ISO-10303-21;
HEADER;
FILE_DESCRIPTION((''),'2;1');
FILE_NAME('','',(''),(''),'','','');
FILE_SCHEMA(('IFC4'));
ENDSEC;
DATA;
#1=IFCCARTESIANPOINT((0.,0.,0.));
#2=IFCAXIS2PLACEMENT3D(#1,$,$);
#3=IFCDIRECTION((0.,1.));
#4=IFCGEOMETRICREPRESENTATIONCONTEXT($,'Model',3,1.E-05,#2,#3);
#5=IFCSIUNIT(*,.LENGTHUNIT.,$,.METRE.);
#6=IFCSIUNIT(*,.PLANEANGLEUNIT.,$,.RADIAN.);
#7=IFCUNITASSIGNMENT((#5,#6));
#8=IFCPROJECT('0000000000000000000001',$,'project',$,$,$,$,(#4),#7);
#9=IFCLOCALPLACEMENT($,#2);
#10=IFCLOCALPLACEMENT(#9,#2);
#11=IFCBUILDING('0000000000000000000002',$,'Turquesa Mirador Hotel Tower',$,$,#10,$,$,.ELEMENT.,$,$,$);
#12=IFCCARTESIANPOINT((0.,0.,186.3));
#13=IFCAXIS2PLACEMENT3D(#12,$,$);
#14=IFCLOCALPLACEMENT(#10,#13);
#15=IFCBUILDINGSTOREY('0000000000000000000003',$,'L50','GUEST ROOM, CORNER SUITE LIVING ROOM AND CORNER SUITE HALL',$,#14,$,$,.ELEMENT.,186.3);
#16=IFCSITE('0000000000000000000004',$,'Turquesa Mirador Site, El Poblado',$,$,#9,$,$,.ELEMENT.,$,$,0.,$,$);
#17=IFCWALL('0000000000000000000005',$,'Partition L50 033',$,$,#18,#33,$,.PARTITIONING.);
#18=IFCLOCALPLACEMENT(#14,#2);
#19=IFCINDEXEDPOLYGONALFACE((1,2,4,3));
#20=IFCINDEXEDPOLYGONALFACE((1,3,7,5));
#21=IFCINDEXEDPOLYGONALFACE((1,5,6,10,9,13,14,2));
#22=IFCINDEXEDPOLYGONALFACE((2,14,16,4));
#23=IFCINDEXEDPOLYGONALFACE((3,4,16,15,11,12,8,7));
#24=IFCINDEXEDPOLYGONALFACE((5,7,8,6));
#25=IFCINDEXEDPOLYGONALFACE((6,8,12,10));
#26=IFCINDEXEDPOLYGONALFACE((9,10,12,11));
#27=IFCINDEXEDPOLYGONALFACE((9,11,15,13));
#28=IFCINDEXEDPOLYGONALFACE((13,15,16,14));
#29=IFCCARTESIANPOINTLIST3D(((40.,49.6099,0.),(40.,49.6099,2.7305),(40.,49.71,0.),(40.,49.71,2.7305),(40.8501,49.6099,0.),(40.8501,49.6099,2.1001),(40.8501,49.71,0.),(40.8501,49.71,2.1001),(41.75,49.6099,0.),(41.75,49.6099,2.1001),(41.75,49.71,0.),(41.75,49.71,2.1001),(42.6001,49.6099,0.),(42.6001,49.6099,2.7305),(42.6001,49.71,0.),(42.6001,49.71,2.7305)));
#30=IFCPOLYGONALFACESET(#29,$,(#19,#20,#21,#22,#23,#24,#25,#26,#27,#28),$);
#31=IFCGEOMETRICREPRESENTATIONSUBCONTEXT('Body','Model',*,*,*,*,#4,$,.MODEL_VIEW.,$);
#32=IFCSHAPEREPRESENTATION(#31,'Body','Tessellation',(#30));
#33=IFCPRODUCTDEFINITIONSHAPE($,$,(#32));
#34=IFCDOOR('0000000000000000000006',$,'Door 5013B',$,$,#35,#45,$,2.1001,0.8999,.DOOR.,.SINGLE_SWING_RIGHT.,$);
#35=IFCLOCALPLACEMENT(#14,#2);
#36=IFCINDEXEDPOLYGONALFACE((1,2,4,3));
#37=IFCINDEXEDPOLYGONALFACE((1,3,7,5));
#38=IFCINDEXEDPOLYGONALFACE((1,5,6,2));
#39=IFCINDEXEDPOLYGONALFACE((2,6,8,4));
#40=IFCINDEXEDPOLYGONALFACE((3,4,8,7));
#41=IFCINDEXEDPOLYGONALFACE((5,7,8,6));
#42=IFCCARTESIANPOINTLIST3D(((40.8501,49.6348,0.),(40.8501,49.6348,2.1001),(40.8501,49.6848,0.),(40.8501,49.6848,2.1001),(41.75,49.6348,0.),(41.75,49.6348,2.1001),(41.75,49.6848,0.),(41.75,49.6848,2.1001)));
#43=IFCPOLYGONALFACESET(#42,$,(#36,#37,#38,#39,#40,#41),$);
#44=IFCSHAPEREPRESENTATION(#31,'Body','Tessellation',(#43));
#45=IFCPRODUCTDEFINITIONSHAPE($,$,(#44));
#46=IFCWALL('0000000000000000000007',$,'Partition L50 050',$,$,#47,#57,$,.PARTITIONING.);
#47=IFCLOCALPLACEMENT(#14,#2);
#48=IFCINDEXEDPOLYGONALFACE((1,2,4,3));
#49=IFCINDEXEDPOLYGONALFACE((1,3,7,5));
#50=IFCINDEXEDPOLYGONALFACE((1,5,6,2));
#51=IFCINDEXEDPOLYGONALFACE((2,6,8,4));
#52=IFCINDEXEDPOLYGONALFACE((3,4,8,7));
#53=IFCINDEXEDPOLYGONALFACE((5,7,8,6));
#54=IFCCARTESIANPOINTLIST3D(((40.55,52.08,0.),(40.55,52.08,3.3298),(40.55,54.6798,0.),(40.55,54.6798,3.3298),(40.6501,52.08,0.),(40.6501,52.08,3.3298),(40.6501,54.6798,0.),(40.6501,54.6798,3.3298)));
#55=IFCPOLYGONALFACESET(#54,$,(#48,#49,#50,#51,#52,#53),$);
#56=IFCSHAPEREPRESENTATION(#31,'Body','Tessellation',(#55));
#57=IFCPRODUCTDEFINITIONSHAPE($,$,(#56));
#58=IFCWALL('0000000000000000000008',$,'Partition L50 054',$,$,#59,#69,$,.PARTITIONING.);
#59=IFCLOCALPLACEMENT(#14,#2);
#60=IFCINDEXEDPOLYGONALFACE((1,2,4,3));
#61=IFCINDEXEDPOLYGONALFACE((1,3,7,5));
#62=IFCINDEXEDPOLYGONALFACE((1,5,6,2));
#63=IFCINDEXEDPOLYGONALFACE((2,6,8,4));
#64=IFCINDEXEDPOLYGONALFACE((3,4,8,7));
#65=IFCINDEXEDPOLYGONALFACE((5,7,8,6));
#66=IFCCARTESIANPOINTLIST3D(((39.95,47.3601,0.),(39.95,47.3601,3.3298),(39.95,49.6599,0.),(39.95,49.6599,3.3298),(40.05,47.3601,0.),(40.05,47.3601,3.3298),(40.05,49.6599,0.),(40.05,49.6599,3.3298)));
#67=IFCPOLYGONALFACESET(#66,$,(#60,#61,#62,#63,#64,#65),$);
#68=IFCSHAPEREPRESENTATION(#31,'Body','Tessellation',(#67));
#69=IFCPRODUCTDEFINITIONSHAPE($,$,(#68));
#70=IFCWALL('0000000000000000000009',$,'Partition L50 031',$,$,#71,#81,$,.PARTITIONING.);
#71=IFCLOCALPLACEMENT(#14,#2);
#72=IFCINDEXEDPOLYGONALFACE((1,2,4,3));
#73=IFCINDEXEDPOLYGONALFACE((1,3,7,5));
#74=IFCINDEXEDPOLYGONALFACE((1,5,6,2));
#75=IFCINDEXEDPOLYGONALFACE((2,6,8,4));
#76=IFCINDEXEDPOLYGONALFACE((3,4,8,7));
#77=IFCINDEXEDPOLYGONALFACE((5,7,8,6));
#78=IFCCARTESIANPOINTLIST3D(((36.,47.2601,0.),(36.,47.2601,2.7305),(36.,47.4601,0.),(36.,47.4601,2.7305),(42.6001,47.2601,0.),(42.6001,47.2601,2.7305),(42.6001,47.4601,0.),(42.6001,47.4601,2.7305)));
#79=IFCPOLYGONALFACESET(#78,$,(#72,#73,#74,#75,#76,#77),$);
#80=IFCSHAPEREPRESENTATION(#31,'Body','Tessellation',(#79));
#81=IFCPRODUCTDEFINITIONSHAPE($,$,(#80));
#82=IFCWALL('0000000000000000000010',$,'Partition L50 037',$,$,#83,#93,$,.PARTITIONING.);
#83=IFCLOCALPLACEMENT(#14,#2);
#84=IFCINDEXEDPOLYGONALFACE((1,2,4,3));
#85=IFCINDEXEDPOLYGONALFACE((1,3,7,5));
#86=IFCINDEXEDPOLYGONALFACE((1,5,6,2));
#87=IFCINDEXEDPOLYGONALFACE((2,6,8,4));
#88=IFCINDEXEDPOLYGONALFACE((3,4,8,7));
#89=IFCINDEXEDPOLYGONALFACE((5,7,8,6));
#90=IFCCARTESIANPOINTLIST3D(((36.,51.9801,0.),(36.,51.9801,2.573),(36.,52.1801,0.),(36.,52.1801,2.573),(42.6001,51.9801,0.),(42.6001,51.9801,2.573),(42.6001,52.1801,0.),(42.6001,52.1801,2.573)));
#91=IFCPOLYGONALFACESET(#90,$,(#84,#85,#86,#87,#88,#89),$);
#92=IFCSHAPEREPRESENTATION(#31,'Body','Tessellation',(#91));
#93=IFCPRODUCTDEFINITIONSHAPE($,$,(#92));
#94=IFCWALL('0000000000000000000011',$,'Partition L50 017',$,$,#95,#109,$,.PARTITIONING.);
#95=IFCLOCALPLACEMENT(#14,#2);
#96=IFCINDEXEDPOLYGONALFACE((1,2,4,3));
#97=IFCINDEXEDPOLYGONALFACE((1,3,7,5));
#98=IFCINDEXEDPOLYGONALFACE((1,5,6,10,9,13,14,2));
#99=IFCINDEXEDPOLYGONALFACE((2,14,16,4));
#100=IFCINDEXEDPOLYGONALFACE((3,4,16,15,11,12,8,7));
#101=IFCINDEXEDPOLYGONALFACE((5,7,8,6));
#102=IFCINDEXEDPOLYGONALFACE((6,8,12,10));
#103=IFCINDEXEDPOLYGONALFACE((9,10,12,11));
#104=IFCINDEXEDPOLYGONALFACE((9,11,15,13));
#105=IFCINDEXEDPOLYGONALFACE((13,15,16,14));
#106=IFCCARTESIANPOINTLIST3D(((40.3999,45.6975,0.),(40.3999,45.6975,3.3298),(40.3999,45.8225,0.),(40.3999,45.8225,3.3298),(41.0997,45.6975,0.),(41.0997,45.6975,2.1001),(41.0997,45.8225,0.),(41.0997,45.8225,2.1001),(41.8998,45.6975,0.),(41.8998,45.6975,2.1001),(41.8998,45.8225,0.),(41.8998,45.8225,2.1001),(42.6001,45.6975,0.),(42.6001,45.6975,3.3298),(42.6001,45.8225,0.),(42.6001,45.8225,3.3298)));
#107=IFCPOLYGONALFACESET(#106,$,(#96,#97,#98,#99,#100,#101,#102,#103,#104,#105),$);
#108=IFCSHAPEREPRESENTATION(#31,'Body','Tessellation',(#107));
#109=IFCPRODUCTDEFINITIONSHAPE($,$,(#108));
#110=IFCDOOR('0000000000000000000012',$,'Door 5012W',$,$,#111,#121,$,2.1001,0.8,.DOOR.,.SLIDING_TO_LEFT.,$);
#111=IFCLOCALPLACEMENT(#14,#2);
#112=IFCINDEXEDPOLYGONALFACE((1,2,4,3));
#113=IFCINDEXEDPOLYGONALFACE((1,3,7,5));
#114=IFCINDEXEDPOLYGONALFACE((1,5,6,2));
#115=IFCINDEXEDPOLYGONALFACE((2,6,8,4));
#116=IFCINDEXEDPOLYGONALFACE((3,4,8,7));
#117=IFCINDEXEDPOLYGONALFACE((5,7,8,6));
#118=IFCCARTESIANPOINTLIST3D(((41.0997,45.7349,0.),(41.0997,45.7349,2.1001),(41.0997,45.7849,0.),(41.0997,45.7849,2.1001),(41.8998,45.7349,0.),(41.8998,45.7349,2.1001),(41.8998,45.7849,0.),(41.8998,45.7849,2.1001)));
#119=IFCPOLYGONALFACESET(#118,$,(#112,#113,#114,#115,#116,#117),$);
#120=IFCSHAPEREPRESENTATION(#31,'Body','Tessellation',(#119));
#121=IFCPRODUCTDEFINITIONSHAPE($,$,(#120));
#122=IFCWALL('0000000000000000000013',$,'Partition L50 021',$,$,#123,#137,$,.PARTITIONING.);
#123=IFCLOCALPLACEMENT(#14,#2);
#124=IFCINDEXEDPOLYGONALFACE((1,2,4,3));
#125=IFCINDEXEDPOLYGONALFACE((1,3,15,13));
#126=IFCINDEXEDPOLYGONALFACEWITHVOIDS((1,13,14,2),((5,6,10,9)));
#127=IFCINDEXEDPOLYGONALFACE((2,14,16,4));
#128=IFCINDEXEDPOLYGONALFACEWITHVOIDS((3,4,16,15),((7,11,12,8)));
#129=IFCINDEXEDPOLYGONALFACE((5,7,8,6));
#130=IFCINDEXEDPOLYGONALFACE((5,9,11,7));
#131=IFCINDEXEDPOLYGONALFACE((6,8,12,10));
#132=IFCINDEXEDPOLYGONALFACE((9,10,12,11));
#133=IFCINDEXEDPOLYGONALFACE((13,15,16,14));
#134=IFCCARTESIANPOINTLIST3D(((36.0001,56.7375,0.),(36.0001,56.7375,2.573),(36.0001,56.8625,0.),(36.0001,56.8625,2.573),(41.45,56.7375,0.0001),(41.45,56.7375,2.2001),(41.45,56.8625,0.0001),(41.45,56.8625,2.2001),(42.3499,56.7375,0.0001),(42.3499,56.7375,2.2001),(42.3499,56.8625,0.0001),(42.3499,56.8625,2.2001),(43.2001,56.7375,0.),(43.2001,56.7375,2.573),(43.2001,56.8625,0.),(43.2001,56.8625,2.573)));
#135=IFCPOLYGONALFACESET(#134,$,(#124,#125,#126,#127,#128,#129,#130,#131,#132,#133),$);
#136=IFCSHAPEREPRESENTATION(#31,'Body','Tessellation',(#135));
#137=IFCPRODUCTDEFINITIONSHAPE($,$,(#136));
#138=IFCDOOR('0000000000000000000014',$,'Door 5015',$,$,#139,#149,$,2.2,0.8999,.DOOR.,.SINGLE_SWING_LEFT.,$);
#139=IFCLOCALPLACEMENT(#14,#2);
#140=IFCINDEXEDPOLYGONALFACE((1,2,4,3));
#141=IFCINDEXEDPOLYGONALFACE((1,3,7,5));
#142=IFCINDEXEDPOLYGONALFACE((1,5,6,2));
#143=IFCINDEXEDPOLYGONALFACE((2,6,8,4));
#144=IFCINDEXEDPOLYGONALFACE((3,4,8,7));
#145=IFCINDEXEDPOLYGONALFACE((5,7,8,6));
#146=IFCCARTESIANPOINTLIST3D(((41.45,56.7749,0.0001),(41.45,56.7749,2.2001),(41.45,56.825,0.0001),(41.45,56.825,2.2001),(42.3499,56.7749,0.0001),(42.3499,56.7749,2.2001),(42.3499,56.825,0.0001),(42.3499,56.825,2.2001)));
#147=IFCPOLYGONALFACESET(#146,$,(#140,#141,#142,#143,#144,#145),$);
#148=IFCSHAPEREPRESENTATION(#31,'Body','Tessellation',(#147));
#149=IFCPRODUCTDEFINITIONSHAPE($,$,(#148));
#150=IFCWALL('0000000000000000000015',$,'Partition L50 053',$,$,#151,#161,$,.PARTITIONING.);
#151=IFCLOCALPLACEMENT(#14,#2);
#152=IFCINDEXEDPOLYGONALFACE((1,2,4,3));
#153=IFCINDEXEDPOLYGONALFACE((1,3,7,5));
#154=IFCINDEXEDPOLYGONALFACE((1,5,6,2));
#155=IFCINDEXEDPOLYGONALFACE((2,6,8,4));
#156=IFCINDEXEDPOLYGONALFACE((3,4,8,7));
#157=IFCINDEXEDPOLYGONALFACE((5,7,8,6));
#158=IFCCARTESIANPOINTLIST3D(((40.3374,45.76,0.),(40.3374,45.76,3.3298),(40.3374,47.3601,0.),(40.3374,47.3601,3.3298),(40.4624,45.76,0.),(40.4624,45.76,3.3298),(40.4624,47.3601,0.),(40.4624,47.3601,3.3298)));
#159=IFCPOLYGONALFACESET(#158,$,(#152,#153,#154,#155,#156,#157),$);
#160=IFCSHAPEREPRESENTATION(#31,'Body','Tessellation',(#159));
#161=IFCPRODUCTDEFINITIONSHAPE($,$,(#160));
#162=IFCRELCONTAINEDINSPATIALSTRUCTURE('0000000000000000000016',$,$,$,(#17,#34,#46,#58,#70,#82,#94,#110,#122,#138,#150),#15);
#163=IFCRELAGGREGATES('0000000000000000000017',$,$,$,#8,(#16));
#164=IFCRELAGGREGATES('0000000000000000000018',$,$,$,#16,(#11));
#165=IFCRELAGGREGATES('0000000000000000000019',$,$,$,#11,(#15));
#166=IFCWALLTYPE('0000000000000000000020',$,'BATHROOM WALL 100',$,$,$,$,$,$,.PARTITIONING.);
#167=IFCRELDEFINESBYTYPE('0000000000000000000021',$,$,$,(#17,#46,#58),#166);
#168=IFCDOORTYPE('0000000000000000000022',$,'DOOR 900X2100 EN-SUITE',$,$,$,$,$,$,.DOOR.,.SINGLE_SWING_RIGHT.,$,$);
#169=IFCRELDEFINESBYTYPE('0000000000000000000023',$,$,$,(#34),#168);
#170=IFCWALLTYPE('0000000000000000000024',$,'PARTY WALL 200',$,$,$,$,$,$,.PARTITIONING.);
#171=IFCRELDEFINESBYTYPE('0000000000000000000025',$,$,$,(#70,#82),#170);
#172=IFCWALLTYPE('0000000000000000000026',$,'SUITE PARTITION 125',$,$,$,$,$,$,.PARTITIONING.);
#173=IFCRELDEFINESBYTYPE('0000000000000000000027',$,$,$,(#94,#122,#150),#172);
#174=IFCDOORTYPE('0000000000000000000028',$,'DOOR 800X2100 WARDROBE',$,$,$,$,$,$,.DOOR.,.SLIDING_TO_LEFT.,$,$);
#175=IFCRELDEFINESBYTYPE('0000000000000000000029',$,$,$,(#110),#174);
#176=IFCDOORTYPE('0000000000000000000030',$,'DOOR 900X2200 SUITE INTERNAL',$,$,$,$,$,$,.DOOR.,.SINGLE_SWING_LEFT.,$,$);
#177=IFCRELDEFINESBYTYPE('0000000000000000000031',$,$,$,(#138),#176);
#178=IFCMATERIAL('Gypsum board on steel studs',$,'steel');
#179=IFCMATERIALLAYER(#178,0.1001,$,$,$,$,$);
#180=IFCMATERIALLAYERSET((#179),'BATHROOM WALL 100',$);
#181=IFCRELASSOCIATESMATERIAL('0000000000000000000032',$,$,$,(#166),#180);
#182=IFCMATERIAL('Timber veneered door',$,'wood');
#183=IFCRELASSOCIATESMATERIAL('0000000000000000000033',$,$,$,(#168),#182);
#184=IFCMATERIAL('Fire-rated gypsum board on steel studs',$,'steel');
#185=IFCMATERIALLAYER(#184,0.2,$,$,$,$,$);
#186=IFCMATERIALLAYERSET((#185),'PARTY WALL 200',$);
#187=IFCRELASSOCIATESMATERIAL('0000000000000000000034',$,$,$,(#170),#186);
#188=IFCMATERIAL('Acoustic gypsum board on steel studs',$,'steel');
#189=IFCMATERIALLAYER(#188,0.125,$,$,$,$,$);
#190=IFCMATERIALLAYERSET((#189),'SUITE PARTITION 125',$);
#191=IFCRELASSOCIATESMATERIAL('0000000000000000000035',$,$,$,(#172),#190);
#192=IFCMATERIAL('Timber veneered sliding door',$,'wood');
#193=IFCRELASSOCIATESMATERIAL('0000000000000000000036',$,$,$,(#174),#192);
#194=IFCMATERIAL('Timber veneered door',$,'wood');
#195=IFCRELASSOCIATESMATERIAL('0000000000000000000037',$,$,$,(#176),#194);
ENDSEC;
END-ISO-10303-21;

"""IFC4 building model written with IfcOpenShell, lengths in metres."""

from ifc_helpers import new_model, si_unit, direction, frame, frame_2d, origin, place, context, subcontext, project, spatial, rectangle, extrude, material, layer, layer_set, type_object, element, fill, save


model = new_model("IFC4")

# Units and contexts
model_context = context("Model", 3, precision=1e-05, world=origin(), true_north=direction((0.0, 1.0)))
body_context = subcontext(model_context, "Body", "Model", "MODEL_VIEW")
ifc_project = project(units=[si_unit("LENGTHUNIT", "METRE"), si_unit("PLANEANGLEUNIT", "RADIAN")], contexts=[model_context])

# Site, building, storey
site_placement = place(None, origin())
site = spatial("IfcSite", under=ifc_project, at=site_placement, Name="Turquesa Mirador Site, El Poblado", CompositionType="ELEMENT", RefElevation=0.0)
building_placement = place(site_placement, origin())
building = spatial("IfcBuilding", under=site, at=building_placement, Name="Turquesa Mirador Hotel Tower", CompositionType="ELEMENT")
storey_placement = place(building_placement, frame((0.0, 0.0, 186.3)))
storey = spatial("IfcBuildingStorey", under=building, at=storey_placement, Name="L50", Description="GUEST ROOM, CORNER SUITE LIVING ROOM AND CORNER SUITE HALL", CompositionType="ELEMENT", Elevation=186.3)

# Wall, opening, door
ifc_material_1 = material(Name="Gypsum board on steel studs", Category="steel")
ifc_layer_1 = layer(ifc_material_1, 0.1001)
ifc_layer_set_1 = layer_set([ifc_layer_1], Name="BATHROOM WALL 100")
wall_type_1 = type_object("IfcWallType", Name="BATHROOM WALL 100", PredefinedType="PARTITIONING", material=ifc_layer_set_1)
wall_1_placement = place(storey_placement, frame((40.0, 49.6599, 0.0), z_axis=(0.0, 0.0, 1.0), x_axis=(1.0, 0.0, 0.0)))
wall_1 = element("IfcWall", 1, at=wall_1_placement, inside=storey, type_object=wall_type_1, Name="Partition L50 033", PredefinedType="PARTITIONING", context=body_context, shape_type="SweptSolid", body=[
    extrude(rectangle(XDim=2.6001, YDim=0.1001, at=frame_2d((1.3, 0.0))), origin(), (0.0, 0.0, 1.0), 2.7305),
])
opening_1_placement = place(wall_1_placement, frame((0.8501, 0.0, 0.0)))
opening_1 = element("IfcOpeningElement", 2, at=opening_1_placement, cuts=wall_1, PredefinedType="OPENING", context=body_context, shape_type="SweptSolid", body=[
    extrude(rectangle(XDim=0.8999, YDim=2.1001, at=frame_2d((0.45, 1.05))), frame((0.0, 0.0601, 0.0), z_axis=(0.0, -1.0, 0.0), x_axis=(1.0, 0.0, 0.0)), (0.0, 0.0, 1.0), 0.1201),
])
ifc_material_2 = material(Name="Timber veneered door", Category="wood")
door_type_1 = type_object("IfcDoorType", Name="DOOR 900X2100 EN-SUITE", OperationType="SINGLE_SWING_RIGHT", PredefinedType="DOOR", material=ifc_material_2)
door_1_placement = place(opening_1_placement, origin())
door_1 = element("IfcDoor", 3, at=door_1_placement, inside=storey, type_object=door_type_1, Name="Door 5013B", OperationType="SINGLE_SWING_RIGHT", OverallHeight=2.1001, OverallWidth=0.8999, PredefinedType="DOOR", context=body_context, shape_type="SweptSolid", body=[
    extrude(rectangle(XDim=0.8999, YDim=2.1001, at=frame_2d((0.45, 1.05))), frame((0.0, 0.0249, 0.0), z_axis=(0.0, -1.0, 0.0), x_axis=(1.0, 0.0, 0.0)), (0.0, 0.0, 1.0), 0.05),
])
fill(opening_1, door_1)

# Walls
wall_2_placement = place(storey_placement, frame((40.6001, 52.0801, 0.0), z_axis=(0.0, 0.0, 1.0), x_axis=(0.0, 1.0, 0.0)))
element("IfcWall", 4, at=wall_2_placement, inside=storey, type_object=wall_type_1, Name="Partition L50 050", PredefinedType="PARTITIONING", context=body_context, shape_type="SweptSolid", body=[
    extrude(rectangle(XDim=2.5999, YDim=0.1001, at=frame_2d((1.2998, 0.0))), origin(), (0.0, 0.0, 1.0), 3.3298),
])
wall_3_placement = place(storey_placement, frame((40.0, 47.3601, 0.0), z_axis=(0.0, 0.0, 1.0), x_axis=(0.0, 1.0, 0.0)))
element("IfcWall", 5, at=wall_3_placement, inside=storey, type_object=wall_type_1, Name="Partition L50 054", PredefinedType="PARTITIONING", context=body_context, shape_type="SweptSolid", body=[
    extrude(rectangle(XDim=2.2998, YDim=0.1001, at=frame_2d((1.1499, 0.0))), origin(), (0.0, 0.0, 1.0), 3.3298),
])
ifc_material_3 = material(Name="Fire-rated gypsum board on steel studs", Category="steel")
ifc_layer_2 = layer(ifc_material_3, 0.2)
ifc_layer_set_2 = layer_set([ifc_layer_2], Name="PARTY WALL 200")
wall_type_2 = type_object("IfcWallType", Name="PARTY WALL 200", PredefinedType="PARTITIONING", material=ifc_layer_set_2)
wall_4_placement = place(storey_placement, frame((36.0, 47.3601, 0.0), z_axis=(0.0, 0.0, 1.0), x_axis=(1.0, 0.0, 0.0)))
element("IfcWall", 6, at=wall_4_placement, inside=storey, type_object=wall_type_2, Name="Partition L50 031", PredefinedType="PARTITIONING", context=body_context, shape_type="SweptSolid", body=[
    extrude(rectangle(XDim=6.6001, YDim=0.2, at=frame_2d((3.3, 0.0))), origin(), (0.0, 0.0, 1.0), 2.7305),
])
wall_5_placement = place(storey_placement, frame((36.0, 52.0801, 0.0), z_axis=(0.0, 0.0, 1.0), x_axis=(1.0, 0.0, 0.0)))
element("IfcWall", 7, at=wall_5_placement, inside=storey, type_object=wall_type_2, Name="Partition L50 037", PredefinedType="PARTITIONING", context=body_context, shape_type="SweptSolid", body=[
    extrude(rectangle(XDim=6.6001, YDim=0.2, at=frame_2d((3.3, 0.0))), origin(), (0.0, 0.0, 1.0), 2.573),
])

# Walls, openings, doors
ifc_material_4 = material(Name="Acoustic gypsum board on steel studs", Category="steel")
ifc_layer_3 = layer(ifc_material_4, 0.125)
ifc_layer_set_3 = layer_set([ifc_layer_3], Name="SUITE PARTITION 125")
wall_type_3 = type_object("IfcWallType", Name="SUITE PARTITION 125", PredefinedType="PARTITIONING", material=ifc_layer_set_3)
wall_6_placement = place(storey_placement, frame((40.3999, 45.76, 0.0), z_axis=(0.0, 0.0, 1.0), x_axis=(1.0, 0.0, 0.0)))
wall_6 = element("IfcWall", 8, at=wall_6_placement, inside=storey, type_object=wall_type_3, Name="Partition L50 017", PredefinedType="PARTITIONING", context=body_context, shape_type="SweptSolid", body=[
    extrude(rectangle(XDim=2.2002, YDim=0.125, at=frame_2d((1.1001, 0.0))), origin(), (0.0, 0.0, 1.0), 3.3298),
])
opening_2_placement = place(wall_6_placement, frame((0.7, 0.0, 0.0)))
opening_2 = element("IfcOpeningElement", 9, at=opening_2_placement, cuts=wall_6, PredefinedType="OPENING", context=body_context, shape_type="SweptSolid", body=[
    extrude(rectangle(XDim=0.8, YDim=2.1001, at=frame_2d((0.3999, 1.05))), frame((0.0, 0.0725, 0.0), z_axis=(0.0, -1.0, 0.0), x_axis=(1.0, 0.0, 0.0)), (0.0, 0.0, 1.0), 0.145),
])
ifc_material_5 = material(Name="Timber veneered sliding door", Category="wood")
door_type_2 = type_object("IfcDoorType", Name="DOOR 800X2100 WARDROBE", OperationType="SLIDING_TO_LEFT", PredefinedType="DOOR", material=ifc_material_5)
door_2_placement = place(opening_2_placement, origin())
door_2 = element("IfcDoor", 10, at=door_2_placement, inside=storey, type_object=door_type_2, Name="Door 5012W", OperationType="SLIDING_TO_LEFT", OverallHeight=2.1001, OverallWidth=0.8, PredefinedType="DOOR", context=body_context, shape_type="SweptSolid", body=[
    extrude(rectangle(XDim=0.8, YDim=2.1001, at=frame_2d((0.3999, 1.05))), frame((0.0, 0.0249, 0.0), z_axis=(0.0, -1.0, 0.0), x_axis=(1.0, 0.0, 0.0)), (0.0, 0.0, 1.0), 0.05),
])
fill(opening_2, door_2)
wall_7_placement = place(storey_placement, frame((36.0, 56.8, 0.0), z_axis=(0.0, 0.0, 1.0), x_axis=(1.0, 0.0, 0.0)))
wall_7 = element("IfcWall", 11, at=wall_7_placement, inside=storey, type_object=wall_type_3, Name="Partition L50 021", PredefinedType="PARTITIONING", context=body_context, shape_type="SweptSolid", body=[
    extrude(rectangle(XDim=7.2, YDim=0.125, at=frame_2d((3.6001, 0.0))), origin(), (0.0, 0.0, 1.0), 2.573),
])
opening_3_placement = place(wall_7_placement, frame((5.45, 0.0, 0.0)))
opening_3 = element("IfcOpeningElement", 12, at=opening_3_placement, cuts=wall_7, PredefinedType="OPENING", context=body_context, shape_type="SweptSolid", body=[
    extrude(rectangle(XDim=0.8999, YDim=2.2, at=frame_2d((0.45, 1.1001))), frame((0.0, 0.0725, 0.0), z_axis=(0.0, -1.0, 0.0), x_axis=(1.0, 0.0, 0.0)), (0.0, 0.0, 1.0), 0.145),
])
ifc_material_6 = material(Name="Timber veneered door", Category="wood")
door_type_3 = type_object("IfcDoorType", Name="DOOR 900X2200 SUITE INTERNAL", OperationType="SINGLE_SWING_LEFT", PredefinedType="DOOR", material=ifc_material_6)
door_3_placement = place(opening_3_placement, origin())
door_3 = element("IfcDoor", 13, at=door_3_placement, inside=storey, type_object=door_type_3, Name="Door 5015", OperationType="SINGLE_SWING_LEFT", OverallHeight=2.2, OverallWidth=0.8999, PredefinedType="DOOR", context=body_context, shape_type="SweptSolid", body=[
    extrude(rectangle(XDim=0.8999, YDim=2.2, at=frame_2d((0.45, 1.1001))), frame((0.0, 0.0249, 0.0), z_axis=(0.0, -1.0, 0.0), x_axis=(1.0, 0.0, 0.0)), (0.0, 0.0, 1.0), 0.05),
])
fill(opening_3, door_3)

# Wall
wall_8_placement = place(storey_placement, frame((40.3999, 45.76, 0.0), z_axis=(0.0, 0.0, 1.0), x_axis=(0.0, 1.0, 0.0)))
element("IfcWall", 14, at=wall_8_placement, inside=storey, type_object=wall_type_3, Name="Partition L50 053", PredefinedType="PARTITIONING", context=body_context, shape_type="SweptSolid", body=[
    extrude(rectangle(XDim=1.6001, YDim=0.125, at=frame_2d((0.8, 0.0))), origin(), (0.0, 0.0, 1.0), 3.3298),
])

save(model, "model.ifc")
